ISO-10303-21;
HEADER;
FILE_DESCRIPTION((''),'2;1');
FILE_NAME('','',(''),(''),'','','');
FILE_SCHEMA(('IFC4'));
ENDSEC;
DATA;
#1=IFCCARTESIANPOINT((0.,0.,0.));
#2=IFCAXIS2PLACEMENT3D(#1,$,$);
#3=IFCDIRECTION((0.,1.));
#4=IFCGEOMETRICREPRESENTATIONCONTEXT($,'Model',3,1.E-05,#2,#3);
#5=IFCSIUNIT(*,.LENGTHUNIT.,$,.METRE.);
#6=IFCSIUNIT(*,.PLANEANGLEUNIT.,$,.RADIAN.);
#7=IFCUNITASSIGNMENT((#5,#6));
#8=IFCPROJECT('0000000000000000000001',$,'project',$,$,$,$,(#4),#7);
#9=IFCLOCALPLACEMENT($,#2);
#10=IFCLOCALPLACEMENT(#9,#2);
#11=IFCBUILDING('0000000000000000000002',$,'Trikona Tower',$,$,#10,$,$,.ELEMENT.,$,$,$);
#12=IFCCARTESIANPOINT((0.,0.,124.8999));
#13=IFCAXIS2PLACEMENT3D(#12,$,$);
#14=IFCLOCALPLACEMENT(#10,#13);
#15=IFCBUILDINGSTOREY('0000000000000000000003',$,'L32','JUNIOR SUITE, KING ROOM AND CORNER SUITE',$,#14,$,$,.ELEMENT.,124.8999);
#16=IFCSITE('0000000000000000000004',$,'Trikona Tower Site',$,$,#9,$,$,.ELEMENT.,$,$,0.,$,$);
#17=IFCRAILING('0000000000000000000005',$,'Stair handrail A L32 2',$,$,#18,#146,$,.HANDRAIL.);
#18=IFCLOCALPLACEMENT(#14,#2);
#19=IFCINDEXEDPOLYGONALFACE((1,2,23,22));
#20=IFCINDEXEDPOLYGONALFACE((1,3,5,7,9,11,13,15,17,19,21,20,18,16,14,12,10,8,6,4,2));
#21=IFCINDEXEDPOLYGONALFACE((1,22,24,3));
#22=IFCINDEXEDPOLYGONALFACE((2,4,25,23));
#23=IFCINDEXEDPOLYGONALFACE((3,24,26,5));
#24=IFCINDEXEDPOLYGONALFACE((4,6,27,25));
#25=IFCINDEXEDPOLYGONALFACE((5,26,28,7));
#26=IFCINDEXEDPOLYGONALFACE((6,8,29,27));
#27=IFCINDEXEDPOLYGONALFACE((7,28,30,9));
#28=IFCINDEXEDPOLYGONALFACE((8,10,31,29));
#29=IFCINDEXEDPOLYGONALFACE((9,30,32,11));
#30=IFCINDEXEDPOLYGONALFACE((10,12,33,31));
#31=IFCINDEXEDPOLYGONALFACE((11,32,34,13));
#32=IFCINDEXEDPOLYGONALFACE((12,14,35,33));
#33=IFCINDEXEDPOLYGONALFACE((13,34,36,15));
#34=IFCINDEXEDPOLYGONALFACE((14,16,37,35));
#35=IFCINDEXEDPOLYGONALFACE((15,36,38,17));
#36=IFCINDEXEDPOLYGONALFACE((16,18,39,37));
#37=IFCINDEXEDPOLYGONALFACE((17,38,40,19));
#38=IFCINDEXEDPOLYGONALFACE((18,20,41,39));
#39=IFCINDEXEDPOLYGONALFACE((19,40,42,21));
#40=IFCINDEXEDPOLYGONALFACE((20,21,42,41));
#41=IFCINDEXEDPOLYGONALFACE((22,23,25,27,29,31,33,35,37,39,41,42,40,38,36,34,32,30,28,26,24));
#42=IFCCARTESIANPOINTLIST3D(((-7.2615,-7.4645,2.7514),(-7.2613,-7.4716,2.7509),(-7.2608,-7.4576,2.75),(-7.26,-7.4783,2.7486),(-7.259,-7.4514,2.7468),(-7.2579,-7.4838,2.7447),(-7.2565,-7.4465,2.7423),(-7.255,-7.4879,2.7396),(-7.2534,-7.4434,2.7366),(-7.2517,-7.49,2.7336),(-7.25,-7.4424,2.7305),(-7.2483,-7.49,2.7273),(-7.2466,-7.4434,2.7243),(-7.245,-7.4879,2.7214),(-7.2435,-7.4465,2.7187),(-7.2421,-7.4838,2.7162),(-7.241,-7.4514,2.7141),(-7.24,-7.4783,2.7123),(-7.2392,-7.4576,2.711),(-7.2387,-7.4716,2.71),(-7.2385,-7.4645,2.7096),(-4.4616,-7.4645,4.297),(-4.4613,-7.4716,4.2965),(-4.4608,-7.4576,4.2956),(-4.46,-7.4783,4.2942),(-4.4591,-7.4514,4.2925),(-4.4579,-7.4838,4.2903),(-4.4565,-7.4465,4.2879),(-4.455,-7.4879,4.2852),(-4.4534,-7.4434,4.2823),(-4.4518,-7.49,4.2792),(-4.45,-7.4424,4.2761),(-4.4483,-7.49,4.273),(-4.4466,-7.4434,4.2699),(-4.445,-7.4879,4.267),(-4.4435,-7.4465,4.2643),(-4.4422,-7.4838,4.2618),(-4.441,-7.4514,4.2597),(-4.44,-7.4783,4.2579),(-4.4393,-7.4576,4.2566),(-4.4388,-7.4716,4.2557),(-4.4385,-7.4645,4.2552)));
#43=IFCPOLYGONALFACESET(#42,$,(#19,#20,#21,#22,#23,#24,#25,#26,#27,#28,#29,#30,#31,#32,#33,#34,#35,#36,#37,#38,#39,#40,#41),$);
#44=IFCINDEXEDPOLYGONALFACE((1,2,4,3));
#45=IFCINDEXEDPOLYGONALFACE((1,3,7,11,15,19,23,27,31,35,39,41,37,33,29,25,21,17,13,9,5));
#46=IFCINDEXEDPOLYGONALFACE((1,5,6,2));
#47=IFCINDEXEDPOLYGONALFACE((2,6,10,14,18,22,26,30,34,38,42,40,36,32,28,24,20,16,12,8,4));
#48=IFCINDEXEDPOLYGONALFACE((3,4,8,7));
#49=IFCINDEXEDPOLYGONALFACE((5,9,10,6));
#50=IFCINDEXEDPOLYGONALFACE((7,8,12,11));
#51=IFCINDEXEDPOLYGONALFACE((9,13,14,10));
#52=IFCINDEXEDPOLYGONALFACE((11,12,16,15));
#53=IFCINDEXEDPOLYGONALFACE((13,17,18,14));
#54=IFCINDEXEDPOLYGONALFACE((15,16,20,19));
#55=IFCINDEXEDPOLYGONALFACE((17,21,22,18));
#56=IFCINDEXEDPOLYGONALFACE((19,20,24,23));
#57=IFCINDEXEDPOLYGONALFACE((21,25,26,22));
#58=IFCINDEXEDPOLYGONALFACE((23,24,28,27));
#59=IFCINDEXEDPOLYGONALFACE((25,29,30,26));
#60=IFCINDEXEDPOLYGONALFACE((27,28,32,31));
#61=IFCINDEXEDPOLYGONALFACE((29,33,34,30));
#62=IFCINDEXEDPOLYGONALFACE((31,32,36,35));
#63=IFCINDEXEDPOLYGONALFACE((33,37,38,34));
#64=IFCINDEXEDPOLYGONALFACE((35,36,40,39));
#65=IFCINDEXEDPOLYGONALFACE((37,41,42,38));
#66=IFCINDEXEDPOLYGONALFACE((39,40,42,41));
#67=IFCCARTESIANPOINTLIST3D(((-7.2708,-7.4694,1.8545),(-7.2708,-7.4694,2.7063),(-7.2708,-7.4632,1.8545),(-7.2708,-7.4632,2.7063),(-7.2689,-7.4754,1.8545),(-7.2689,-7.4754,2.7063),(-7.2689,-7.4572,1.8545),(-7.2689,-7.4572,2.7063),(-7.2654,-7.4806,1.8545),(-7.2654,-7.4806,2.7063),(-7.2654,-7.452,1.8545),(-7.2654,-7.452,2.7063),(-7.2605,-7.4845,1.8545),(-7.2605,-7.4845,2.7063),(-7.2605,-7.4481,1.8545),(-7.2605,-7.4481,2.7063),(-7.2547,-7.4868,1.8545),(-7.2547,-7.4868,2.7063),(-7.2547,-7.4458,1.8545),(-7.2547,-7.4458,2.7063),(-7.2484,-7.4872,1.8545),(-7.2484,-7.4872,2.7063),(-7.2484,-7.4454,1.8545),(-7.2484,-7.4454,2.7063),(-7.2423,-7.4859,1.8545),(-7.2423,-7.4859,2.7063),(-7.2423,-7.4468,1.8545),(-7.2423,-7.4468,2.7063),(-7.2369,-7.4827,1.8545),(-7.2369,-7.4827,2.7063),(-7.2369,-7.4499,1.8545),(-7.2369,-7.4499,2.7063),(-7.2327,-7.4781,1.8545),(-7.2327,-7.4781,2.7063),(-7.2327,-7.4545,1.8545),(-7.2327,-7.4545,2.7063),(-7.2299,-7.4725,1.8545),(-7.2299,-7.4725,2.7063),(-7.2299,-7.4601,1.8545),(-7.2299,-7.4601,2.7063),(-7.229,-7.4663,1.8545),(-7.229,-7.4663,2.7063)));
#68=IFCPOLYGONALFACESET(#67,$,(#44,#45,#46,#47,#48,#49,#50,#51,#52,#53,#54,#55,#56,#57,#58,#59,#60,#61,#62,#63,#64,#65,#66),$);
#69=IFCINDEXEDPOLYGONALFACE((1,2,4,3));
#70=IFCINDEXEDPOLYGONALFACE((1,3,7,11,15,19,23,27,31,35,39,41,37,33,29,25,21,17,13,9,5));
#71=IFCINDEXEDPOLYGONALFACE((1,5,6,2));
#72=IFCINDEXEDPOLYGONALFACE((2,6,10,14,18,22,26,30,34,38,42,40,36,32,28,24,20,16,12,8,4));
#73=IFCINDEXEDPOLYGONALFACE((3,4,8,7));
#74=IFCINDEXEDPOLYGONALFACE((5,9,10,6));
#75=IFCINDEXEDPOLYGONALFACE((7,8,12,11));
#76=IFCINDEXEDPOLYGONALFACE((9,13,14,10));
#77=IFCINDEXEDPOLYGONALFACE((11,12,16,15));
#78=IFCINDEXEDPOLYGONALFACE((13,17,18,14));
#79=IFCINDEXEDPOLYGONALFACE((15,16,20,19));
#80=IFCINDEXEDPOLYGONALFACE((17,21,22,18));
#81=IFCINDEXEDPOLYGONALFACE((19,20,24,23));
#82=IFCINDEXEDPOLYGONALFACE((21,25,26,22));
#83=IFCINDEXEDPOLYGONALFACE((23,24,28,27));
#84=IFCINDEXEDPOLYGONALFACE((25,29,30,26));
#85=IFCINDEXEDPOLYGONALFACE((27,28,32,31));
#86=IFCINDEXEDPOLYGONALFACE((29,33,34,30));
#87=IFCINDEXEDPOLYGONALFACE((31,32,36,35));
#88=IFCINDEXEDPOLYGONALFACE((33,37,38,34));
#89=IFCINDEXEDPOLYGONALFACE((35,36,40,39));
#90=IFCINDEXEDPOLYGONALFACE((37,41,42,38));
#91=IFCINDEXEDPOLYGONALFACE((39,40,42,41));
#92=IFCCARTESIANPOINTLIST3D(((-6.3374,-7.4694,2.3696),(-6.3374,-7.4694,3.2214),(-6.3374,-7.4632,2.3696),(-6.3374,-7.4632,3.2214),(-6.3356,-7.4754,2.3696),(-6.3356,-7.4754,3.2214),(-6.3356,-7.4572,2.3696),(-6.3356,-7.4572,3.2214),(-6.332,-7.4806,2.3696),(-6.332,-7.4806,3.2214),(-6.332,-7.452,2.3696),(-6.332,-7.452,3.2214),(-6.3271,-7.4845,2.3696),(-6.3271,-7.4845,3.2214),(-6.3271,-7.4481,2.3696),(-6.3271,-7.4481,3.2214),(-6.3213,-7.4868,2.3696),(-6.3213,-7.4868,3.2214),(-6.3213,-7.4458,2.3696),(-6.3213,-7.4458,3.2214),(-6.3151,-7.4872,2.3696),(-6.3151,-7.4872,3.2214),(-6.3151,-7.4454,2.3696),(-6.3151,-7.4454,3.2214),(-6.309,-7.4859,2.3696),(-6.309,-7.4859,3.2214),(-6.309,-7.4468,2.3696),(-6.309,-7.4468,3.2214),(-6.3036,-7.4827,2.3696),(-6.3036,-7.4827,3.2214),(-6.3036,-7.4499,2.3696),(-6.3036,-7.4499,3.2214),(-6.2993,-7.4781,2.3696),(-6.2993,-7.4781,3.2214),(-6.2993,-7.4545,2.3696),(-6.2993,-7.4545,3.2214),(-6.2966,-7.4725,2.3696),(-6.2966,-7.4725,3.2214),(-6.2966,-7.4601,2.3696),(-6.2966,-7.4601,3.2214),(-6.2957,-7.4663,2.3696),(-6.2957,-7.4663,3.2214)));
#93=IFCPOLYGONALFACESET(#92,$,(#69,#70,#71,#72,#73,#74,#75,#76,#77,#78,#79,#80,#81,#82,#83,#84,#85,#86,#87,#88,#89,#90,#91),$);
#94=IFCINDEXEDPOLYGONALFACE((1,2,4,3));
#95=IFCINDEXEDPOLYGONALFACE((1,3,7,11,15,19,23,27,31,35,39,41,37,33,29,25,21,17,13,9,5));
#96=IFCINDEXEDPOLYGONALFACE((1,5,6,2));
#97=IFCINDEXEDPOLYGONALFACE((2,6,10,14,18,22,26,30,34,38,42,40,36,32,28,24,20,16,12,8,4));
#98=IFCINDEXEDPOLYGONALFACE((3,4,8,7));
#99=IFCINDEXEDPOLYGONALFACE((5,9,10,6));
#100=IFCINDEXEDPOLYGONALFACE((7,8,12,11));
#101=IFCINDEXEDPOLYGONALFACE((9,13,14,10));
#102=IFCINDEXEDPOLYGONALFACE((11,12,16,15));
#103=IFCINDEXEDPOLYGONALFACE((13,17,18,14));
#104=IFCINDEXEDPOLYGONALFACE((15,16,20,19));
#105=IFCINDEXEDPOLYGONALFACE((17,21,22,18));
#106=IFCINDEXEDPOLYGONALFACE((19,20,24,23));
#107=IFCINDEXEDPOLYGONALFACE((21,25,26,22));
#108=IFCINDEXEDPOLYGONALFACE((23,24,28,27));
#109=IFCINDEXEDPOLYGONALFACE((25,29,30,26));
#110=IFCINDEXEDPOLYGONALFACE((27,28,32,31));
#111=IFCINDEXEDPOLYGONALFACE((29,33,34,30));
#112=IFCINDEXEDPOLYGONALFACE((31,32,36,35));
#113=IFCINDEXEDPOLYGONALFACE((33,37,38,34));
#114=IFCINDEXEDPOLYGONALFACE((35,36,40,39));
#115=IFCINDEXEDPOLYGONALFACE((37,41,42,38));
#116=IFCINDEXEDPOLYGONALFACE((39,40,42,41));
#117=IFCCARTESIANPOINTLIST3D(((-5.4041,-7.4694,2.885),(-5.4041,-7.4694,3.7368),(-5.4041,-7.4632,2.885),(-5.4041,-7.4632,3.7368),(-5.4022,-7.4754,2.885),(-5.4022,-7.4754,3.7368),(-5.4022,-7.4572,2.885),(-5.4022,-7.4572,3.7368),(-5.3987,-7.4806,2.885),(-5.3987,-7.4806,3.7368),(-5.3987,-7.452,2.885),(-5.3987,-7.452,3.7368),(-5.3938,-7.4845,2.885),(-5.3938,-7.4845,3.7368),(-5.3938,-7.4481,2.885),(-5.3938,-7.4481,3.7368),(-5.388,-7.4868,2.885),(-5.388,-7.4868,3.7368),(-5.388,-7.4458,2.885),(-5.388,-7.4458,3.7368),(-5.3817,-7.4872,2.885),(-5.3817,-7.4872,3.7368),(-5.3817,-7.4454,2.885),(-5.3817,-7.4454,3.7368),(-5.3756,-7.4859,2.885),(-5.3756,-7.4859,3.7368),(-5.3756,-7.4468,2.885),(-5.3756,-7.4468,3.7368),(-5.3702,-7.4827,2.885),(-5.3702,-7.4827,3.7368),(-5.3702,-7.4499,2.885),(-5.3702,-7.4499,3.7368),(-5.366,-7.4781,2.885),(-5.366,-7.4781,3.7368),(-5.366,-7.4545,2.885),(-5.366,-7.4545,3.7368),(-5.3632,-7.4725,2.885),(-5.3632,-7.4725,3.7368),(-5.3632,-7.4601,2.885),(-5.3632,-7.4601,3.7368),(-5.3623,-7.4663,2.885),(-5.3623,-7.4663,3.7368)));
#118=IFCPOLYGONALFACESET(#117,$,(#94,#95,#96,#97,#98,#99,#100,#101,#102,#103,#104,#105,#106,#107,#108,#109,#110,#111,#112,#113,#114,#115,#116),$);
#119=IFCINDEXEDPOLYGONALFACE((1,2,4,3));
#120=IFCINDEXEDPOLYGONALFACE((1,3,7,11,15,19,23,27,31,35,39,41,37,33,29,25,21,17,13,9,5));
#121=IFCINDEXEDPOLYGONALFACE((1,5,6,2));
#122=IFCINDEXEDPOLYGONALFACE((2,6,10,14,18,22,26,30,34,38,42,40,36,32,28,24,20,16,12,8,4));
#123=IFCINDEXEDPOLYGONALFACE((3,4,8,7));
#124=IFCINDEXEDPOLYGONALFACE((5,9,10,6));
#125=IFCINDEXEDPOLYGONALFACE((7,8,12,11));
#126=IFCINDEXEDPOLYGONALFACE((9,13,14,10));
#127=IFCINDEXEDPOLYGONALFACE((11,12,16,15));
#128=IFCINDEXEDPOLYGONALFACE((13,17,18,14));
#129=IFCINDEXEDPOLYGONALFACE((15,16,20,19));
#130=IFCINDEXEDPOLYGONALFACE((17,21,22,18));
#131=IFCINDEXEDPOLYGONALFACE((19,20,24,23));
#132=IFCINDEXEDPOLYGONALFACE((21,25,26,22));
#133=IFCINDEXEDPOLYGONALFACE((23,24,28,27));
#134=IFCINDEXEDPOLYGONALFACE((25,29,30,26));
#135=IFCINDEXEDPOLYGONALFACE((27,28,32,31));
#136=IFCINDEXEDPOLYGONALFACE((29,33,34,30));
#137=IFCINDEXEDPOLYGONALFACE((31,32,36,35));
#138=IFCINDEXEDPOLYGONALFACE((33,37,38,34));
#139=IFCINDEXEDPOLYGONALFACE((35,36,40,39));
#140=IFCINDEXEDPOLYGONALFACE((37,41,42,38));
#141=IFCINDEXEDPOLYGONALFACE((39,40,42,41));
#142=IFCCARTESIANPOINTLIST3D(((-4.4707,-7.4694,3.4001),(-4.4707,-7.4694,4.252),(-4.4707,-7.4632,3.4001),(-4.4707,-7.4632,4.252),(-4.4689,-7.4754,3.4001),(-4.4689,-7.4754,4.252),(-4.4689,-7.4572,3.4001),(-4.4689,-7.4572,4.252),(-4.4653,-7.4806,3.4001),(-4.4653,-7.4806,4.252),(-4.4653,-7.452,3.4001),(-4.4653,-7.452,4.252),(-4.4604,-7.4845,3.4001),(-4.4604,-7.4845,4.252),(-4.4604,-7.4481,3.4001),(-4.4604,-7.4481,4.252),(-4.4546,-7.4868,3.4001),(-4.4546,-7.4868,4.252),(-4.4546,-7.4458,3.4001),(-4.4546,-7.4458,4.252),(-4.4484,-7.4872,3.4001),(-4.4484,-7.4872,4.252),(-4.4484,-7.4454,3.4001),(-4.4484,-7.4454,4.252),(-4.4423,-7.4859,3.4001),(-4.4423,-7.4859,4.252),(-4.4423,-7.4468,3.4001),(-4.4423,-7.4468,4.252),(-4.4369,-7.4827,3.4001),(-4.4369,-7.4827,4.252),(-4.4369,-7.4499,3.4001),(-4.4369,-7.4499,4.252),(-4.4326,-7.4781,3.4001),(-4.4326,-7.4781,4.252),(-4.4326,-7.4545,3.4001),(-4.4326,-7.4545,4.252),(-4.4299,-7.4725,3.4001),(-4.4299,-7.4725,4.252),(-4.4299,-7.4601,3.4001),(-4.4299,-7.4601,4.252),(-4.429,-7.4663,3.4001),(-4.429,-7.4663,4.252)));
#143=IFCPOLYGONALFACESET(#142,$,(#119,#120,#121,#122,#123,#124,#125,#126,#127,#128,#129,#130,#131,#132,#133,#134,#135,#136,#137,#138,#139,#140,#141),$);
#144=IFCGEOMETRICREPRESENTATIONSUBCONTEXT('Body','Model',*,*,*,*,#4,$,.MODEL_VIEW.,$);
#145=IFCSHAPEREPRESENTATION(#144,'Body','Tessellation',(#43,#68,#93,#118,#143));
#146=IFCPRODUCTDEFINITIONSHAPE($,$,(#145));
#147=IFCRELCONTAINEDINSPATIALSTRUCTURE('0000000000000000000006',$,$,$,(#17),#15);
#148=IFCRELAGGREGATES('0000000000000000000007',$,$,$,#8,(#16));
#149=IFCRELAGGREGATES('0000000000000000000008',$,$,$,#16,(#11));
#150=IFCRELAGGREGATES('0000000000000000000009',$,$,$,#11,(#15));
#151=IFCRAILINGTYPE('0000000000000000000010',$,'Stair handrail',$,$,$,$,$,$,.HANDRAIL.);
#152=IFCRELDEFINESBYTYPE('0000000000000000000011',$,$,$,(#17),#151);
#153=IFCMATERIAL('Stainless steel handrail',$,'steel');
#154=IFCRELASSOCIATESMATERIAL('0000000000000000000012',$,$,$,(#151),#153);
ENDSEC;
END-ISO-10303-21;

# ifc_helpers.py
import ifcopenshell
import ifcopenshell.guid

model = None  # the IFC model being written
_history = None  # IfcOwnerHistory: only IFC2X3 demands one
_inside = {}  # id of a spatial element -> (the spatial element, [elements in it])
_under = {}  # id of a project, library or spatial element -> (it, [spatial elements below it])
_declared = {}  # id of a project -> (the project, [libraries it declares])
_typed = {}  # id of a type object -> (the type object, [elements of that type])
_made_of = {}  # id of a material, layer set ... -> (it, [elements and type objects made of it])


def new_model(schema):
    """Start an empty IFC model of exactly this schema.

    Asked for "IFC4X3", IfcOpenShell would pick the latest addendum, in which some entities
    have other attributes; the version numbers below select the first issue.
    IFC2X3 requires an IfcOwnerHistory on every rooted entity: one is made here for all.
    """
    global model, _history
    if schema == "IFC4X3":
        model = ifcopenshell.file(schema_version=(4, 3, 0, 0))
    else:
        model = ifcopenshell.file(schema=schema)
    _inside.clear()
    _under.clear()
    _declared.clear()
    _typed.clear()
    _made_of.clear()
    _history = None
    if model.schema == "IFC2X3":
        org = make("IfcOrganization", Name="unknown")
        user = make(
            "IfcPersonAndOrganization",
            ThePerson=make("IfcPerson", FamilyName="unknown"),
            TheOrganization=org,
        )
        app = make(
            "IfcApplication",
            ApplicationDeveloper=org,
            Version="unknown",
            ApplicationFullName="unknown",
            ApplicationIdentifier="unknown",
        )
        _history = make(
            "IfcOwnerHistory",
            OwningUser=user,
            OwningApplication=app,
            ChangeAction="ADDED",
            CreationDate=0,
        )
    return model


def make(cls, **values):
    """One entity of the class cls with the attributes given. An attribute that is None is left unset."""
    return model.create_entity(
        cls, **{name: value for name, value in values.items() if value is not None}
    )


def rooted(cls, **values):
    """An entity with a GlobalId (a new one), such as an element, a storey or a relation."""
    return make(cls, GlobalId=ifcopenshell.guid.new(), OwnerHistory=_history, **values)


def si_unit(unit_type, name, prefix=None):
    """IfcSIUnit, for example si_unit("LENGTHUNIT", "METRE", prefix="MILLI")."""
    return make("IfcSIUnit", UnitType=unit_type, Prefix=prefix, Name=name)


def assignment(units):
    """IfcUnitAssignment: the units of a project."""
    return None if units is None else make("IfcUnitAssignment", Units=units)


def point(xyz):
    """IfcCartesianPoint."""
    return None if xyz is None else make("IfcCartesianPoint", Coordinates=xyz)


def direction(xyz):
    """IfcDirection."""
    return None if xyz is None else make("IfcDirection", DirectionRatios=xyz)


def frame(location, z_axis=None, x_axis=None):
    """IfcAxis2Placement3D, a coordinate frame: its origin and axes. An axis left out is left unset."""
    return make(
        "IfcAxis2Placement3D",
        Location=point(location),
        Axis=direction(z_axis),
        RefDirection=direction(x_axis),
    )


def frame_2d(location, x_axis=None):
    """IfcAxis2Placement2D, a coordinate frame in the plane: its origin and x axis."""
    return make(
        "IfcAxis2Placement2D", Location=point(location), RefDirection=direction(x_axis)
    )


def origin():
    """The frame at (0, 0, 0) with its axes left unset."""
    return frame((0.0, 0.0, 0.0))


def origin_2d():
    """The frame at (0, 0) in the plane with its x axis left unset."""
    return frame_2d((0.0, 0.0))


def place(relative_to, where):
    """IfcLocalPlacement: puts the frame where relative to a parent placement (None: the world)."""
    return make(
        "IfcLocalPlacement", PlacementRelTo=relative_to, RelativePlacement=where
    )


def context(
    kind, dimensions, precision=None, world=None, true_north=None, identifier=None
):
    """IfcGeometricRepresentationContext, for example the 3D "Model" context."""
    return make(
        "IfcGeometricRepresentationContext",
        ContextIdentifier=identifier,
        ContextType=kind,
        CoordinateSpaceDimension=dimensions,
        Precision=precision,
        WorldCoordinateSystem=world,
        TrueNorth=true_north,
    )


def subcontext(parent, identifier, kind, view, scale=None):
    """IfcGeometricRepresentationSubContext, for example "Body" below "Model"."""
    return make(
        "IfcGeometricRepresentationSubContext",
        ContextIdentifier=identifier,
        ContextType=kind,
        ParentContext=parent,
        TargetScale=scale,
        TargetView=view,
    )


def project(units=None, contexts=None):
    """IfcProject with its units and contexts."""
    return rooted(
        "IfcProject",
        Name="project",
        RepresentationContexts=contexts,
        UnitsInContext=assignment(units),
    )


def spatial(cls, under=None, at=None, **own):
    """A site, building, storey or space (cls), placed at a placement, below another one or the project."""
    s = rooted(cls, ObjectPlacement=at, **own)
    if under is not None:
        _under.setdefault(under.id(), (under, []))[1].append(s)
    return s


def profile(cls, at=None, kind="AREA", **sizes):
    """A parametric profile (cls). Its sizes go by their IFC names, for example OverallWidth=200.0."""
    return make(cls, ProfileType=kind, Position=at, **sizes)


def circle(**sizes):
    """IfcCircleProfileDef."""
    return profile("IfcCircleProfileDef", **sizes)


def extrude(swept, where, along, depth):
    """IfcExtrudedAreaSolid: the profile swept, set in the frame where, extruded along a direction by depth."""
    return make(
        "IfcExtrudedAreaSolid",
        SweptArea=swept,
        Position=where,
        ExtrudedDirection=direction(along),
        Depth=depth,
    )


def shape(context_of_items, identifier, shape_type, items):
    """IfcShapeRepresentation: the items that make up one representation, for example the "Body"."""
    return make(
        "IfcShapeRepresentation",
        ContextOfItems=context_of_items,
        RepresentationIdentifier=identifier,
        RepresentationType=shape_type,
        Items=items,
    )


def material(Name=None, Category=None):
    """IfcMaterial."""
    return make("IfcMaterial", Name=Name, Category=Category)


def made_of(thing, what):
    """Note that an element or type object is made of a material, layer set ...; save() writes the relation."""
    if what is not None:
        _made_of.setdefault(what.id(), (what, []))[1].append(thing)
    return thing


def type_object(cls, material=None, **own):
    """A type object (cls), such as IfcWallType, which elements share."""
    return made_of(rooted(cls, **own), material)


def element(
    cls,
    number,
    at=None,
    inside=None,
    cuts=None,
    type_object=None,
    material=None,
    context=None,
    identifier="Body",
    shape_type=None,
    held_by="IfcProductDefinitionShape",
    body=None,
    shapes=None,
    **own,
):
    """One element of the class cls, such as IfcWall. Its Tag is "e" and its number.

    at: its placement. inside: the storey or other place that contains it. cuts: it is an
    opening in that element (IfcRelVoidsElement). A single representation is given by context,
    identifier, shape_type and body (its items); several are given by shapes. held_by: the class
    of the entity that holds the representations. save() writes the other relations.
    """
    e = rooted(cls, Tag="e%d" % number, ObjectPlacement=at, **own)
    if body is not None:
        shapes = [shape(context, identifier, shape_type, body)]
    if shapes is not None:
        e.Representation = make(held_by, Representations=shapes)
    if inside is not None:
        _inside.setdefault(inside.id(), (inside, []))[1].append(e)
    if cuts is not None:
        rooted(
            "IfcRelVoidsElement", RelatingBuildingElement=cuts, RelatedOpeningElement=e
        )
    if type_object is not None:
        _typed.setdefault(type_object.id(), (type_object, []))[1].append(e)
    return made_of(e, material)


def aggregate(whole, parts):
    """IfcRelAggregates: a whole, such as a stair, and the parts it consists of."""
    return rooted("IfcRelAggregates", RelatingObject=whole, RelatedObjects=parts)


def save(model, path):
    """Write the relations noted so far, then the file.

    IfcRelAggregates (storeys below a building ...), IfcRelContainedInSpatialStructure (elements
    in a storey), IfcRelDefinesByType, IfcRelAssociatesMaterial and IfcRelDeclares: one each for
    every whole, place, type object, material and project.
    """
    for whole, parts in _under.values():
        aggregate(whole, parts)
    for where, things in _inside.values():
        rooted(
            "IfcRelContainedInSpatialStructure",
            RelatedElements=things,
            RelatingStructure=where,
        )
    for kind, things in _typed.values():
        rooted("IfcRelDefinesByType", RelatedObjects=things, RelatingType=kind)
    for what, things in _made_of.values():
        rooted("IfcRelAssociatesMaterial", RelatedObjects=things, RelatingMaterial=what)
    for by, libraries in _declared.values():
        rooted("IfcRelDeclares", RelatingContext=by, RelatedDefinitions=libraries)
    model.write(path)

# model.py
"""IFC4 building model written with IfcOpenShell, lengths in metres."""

from ifc_helpers import new_model, si_unit, direction, frame, origin, origin_2d, place, context, subcontext, project, spatial, circle, extrude, material, type_object, element, save


model = new_model("IFC4")

# Units and contexts
model_context = context("Model", 3, precision=1e-05, world=origin(), true_north=direction((0.0, 1.0)))
body_context = subcontext(model_context, "Body", "Model", "MODEL_VIEW")
ifc_project = project(units=[si_unit("LENGTHUNIT", "METRE"), si_unit("PLANEANGLEUNIT", "RADIAN")], contexts=[model_context])

# Site, building, storey
site_placement = place(None, origin())
site = spatial("IfcSite", under=ifc_project, at=site_placement, Name="Trikona Tower Site", CompositionType="ELEMENT", RefElevation=0.0)
building_placement = place(site_placement, origin())
building = spatial("IfcBuilding", under=site, at=building_placement, Name="Trikona Tower", CompositionType="ELEMENT")
storey_placement = place(building_placement, frame((0.0, 0.0, 124.8999)))
storey = spatial("IfcBuildingStorey", under=building, at=storey_placement, Name="L32", Description="JUNIOR SUITE, KING ROOM AND CORNER SUITE", CompositionType="ELEMENT", Elevation=124.8999)

# Railing
ifc_material_1 = material(Name="Stainless steel handrail", Category="steel")
railing_type = type_object("IfcRailingType", Name="Stair handrail", PredefinedType="HANDRAIL", material=ifc_material_1)
railing_placement = place(storey_placement, frame((-7.25, -7.4663, 1.8545)))
element("IfcRailing", 1, at=railing_placement, inside=storey, type_object=railing_type, Name="Stair handrail A L32 2", PredefinedType="HANDRAIL", context=body_context, shape_type="SweptSolid", body=[
    extrude(circle(Radius=0.0239, at=origin_2d()), frame((0.0, 0.0, 0.876), z_axis=(0.875472, 0.0, 0.483269), x_axis=(0.0, 1.0, 0.0)), (0.0, 0.0, 1.0), 3.1982),
    extrude(circle(Radius=0.021, at=origin_2d()), origin(), (0.0, 0.0, 1.0), 0.8518),
    extrude(circle(Radius=0.021, at=origin_2d()), frame((0.9333, 0.0, 0.5151)), (0.0, 0.0, 1.0), 0.8518),
    extrude(circle(Radius=0.021, at=origin_2d()), frame((1.8667, 0.0, 1.0305)), (0.0, 0.0, 1.0), 0.8518),
    extrude(circle(Radius=0.021, at=origin_2d()), frame((2.8, 0.0, 1.5457)), (0.0, 0.0, 1.0), 0.8518),
])

save(model, "model.ifc")
